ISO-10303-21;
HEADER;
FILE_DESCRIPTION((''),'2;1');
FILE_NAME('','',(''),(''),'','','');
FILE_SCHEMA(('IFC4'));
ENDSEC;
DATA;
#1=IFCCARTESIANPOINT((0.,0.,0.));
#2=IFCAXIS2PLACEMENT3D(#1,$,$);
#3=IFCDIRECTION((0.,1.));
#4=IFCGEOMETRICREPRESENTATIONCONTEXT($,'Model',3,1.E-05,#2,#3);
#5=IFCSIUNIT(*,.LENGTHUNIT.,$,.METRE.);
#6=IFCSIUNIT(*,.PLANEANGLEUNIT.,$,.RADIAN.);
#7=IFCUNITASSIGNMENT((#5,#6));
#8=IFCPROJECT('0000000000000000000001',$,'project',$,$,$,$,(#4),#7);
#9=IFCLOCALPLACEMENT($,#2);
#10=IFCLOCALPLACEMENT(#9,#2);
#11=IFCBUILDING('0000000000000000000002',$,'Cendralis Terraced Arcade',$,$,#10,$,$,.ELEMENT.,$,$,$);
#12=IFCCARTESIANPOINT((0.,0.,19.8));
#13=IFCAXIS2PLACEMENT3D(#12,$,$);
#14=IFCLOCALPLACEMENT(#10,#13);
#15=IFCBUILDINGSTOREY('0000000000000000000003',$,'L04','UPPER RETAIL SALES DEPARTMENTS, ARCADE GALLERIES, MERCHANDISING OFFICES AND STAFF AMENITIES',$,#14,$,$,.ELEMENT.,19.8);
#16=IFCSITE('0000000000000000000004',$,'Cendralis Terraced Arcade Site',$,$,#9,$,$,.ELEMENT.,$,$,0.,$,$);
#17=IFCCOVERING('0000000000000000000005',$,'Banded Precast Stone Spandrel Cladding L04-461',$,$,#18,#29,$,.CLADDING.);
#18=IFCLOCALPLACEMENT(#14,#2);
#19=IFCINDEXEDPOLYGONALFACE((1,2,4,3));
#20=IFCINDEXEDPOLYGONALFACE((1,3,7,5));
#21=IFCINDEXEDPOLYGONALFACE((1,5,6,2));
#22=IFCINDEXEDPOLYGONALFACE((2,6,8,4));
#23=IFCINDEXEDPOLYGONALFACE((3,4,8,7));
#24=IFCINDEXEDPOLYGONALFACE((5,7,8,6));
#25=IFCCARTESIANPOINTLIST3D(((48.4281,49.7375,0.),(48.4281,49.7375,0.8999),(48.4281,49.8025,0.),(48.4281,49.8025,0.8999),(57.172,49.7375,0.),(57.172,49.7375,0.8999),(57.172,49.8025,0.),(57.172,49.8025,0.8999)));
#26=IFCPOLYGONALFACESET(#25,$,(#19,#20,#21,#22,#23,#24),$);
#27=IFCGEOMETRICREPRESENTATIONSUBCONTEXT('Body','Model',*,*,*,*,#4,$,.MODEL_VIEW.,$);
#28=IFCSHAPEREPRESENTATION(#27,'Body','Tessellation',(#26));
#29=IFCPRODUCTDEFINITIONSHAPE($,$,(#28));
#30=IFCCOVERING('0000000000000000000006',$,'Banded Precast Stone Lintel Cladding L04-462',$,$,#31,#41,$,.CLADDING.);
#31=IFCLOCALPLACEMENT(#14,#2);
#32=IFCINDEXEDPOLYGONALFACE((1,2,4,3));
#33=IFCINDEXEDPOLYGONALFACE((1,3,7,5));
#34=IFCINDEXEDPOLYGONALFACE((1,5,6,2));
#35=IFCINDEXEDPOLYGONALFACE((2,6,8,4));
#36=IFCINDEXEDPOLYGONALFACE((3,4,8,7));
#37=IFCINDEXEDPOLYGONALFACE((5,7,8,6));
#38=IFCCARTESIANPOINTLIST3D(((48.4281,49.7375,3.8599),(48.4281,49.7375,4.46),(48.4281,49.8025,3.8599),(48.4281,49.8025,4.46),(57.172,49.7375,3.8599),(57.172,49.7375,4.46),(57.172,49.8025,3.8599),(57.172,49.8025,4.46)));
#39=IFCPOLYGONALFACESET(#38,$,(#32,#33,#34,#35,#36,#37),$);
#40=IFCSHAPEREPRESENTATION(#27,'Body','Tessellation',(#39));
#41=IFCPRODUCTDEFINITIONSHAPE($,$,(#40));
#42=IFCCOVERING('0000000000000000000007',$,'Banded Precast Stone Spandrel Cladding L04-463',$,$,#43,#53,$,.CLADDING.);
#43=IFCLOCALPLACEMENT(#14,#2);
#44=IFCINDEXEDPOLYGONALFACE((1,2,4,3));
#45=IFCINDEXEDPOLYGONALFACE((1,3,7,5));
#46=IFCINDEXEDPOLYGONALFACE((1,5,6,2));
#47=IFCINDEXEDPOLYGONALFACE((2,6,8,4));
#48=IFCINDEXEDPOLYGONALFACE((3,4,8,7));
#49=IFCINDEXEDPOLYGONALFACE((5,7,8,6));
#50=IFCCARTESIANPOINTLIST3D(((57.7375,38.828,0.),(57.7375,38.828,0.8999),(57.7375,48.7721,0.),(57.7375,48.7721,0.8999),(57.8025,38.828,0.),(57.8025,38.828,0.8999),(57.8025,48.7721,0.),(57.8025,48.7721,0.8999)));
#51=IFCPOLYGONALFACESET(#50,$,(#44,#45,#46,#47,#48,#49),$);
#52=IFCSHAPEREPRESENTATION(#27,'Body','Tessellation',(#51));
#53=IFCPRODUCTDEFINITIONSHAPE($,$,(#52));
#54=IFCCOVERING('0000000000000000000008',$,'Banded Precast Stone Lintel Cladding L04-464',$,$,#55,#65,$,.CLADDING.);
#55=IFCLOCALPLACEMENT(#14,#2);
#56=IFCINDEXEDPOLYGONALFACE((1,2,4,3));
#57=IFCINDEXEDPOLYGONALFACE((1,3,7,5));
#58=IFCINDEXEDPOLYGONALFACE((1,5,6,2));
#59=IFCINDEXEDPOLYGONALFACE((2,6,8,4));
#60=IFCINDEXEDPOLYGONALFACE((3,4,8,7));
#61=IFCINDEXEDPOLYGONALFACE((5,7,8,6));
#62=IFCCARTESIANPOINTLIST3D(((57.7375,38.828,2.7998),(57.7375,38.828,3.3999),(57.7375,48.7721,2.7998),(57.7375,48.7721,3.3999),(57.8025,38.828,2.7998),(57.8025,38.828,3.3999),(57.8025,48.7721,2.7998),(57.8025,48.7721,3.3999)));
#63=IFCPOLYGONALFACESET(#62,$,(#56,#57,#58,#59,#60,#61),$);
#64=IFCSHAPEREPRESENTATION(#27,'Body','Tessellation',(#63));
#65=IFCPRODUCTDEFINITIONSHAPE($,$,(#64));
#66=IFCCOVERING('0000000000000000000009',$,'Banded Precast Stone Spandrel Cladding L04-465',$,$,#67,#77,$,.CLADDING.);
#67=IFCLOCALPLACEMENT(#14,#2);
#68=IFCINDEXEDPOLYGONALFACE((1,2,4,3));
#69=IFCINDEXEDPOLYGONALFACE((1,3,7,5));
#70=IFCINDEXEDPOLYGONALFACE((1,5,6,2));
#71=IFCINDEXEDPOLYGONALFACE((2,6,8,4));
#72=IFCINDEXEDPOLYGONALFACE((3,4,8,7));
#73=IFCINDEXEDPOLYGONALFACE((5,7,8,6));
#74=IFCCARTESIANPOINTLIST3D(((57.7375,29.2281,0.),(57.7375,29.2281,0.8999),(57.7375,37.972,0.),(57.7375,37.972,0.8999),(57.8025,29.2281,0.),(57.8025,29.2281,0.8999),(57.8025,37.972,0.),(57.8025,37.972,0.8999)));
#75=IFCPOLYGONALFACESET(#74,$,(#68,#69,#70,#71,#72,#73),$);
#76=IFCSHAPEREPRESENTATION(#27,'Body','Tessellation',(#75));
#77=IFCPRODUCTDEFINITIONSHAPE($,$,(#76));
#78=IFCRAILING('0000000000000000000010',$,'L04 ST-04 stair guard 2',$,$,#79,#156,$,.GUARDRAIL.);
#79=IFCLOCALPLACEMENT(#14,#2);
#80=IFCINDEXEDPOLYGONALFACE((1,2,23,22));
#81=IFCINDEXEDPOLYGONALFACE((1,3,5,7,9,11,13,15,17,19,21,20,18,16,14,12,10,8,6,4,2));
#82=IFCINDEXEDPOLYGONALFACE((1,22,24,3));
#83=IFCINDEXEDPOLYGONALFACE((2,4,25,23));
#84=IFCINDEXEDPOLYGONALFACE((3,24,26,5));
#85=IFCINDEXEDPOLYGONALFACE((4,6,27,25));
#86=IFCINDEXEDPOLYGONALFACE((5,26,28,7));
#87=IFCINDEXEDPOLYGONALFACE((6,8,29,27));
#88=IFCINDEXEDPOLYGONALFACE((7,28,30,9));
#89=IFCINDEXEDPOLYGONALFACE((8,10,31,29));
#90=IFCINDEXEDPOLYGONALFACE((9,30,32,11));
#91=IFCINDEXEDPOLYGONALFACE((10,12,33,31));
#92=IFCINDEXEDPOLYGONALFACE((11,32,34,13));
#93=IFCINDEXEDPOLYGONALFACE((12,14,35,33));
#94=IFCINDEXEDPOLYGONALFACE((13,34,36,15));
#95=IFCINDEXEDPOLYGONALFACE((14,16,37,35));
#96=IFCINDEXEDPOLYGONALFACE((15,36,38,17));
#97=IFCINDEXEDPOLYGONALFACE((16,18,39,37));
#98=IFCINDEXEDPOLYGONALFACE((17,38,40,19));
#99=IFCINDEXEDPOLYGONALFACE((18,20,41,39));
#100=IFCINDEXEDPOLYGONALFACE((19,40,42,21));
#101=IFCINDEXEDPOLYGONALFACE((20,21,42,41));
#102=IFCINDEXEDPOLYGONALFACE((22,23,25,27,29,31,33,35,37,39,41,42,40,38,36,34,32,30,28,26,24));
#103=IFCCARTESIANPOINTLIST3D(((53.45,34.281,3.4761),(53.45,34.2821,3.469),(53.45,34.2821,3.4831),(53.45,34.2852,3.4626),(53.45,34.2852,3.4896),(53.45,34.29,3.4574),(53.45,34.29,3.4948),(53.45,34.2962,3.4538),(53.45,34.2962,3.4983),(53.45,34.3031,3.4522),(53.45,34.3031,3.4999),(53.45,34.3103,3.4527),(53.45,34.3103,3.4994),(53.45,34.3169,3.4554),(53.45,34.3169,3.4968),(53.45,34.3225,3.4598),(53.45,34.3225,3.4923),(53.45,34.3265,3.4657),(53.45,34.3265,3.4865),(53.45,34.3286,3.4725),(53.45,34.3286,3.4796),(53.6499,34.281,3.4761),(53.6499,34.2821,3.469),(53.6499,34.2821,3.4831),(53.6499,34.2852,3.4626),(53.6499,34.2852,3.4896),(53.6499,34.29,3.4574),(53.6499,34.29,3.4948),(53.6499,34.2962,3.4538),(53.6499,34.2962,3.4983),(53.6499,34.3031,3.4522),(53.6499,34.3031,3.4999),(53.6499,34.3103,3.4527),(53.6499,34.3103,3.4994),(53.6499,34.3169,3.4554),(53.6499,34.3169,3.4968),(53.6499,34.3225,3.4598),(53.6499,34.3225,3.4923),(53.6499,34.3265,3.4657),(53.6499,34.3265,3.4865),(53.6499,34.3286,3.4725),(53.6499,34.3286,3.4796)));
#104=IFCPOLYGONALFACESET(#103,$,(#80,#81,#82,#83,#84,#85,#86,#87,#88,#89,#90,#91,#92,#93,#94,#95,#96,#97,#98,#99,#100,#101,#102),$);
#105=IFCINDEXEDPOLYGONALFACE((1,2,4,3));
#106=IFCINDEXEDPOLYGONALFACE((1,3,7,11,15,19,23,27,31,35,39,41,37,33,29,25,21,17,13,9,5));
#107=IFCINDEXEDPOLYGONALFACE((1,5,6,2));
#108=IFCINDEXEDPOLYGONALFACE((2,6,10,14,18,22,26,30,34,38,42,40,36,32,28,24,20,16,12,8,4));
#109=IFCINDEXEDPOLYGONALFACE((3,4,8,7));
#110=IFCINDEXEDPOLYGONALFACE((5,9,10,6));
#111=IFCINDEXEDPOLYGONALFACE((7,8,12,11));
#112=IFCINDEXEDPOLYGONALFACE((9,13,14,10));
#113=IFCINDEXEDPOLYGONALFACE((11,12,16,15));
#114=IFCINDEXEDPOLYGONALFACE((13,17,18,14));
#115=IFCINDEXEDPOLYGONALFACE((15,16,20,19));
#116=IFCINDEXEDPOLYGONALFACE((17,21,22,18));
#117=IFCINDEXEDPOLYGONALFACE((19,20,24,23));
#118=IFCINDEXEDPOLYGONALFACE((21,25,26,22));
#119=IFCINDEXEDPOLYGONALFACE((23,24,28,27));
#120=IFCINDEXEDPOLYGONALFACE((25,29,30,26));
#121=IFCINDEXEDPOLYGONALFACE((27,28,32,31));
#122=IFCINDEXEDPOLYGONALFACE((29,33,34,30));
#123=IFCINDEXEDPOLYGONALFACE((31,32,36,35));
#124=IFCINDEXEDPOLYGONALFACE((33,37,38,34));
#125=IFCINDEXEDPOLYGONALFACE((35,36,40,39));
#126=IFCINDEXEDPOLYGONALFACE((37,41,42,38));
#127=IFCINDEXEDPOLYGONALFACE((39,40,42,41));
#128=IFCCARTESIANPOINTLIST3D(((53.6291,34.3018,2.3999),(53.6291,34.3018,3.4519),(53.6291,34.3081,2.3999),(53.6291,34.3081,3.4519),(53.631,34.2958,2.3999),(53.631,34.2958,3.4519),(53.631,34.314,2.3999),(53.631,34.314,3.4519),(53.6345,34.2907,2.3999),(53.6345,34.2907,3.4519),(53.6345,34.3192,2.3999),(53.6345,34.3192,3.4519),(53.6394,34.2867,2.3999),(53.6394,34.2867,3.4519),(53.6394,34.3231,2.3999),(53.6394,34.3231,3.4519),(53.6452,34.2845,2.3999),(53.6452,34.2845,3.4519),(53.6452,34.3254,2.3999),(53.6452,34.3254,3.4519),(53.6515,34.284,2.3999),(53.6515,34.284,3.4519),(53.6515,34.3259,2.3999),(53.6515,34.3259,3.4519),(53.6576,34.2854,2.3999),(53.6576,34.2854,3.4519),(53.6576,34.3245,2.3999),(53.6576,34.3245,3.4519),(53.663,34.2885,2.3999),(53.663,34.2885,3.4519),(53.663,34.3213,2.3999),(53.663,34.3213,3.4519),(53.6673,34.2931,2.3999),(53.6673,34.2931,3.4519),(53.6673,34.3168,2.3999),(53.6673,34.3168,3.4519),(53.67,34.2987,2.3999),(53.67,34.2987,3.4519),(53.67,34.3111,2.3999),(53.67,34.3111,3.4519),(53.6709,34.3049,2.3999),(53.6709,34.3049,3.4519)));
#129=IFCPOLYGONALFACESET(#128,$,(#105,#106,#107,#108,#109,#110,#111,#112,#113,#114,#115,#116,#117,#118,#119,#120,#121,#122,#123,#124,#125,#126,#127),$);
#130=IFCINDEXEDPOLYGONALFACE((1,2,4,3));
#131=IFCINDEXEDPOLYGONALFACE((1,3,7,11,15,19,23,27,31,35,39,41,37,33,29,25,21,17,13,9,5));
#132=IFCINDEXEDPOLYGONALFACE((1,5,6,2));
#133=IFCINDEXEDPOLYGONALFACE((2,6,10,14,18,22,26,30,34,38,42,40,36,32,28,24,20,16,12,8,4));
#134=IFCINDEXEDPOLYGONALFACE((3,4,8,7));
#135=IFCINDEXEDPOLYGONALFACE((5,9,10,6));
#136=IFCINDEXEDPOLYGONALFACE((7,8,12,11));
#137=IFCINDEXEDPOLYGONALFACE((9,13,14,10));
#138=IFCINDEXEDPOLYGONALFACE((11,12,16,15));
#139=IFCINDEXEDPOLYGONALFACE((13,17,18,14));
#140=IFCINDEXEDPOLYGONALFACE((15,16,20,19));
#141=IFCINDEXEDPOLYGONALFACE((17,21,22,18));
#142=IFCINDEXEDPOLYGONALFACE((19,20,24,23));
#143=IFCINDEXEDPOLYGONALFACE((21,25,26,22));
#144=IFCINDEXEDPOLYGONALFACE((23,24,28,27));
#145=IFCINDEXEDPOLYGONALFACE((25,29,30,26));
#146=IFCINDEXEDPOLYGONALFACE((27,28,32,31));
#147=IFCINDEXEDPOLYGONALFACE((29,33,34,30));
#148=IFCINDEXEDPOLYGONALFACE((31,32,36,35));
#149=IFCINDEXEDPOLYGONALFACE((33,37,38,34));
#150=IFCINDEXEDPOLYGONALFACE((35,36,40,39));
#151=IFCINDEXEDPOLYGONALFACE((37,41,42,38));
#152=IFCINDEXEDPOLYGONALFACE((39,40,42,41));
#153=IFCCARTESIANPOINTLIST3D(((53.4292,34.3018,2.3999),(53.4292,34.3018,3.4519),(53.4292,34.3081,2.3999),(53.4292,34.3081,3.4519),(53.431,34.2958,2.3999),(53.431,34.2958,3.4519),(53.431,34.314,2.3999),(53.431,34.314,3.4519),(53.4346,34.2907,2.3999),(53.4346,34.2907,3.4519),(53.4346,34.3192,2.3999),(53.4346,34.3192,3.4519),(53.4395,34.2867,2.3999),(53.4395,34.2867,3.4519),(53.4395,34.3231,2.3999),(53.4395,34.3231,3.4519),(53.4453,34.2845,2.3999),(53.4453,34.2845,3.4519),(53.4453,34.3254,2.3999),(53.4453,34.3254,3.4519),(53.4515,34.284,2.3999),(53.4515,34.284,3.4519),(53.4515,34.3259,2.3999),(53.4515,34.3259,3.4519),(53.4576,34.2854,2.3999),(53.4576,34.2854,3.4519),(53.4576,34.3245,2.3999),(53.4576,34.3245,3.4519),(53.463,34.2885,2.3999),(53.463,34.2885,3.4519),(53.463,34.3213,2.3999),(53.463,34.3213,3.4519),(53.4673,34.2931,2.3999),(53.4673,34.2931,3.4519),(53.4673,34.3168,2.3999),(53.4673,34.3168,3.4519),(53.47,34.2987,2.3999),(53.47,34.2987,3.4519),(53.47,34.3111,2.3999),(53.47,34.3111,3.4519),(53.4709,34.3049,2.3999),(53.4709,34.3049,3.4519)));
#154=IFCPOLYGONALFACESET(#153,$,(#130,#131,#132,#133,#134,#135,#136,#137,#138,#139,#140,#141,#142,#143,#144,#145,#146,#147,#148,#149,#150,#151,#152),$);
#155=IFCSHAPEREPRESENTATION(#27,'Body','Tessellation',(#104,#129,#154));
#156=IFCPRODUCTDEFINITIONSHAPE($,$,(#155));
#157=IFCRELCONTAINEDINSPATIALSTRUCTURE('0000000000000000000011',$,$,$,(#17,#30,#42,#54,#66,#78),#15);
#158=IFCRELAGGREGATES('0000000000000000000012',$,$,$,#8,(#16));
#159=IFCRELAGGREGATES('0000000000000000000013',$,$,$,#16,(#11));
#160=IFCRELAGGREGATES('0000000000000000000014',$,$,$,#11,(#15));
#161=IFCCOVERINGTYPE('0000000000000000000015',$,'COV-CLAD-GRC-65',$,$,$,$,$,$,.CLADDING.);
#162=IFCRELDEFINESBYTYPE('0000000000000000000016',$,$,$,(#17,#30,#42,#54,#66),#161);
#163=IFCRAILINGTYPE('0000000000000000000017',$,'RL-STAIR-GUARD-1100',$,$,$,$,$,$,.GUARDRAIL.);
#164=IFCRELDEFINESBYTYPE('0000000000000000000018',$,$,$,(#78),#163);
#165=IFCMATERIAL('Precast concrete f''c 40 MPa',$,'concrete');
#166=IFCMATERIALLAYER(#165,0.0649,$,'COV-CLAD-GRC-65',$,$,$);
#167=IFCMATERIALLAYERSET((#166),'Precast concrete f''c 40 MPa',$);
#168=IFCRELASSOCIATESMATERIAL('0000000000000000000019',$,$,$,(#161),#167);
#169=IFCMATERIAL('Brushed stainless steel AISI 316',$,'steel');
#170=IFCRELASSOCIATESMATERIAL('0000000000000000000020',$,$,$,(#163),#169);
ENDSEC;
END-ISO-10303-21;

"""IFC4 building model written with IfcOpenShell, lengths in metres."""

from ifc_helpers import new_model, si_unit, direction, frame, origin, origin_2d, place, context, subcontext, project, spatial, rectangle, circle, extrude, material, layer, layer_set, type_object, element, save


model = new_model("IFC4")

# Units and contexts
model_context = context("Model", 3, precision=1e-05, world=origin(), true_north=direction((0.0, 1.0)))
body_context = subcontext(model_context, "Body", "Model", "MODEL_VIEW")
ifc_project = project(units=[si_unit("LENGTHUNIT", "METRE"), si_unit("PLANEANGLEUNIT", "RADIAN")], contexts=[model_context])

# Site, building, storey
site_placement = place(None, origin())
site = spatial("IfcSite", under=ifc_project, at=site_placement, Name="Cendralis Terraced Arcade Site", CompositionType="ELEMENT", RefElevation=0.0)
building_placement = place(site_placement, origin())
building = spatial("IfcBuilding", under=site, at=building_placement, Name="Cendralis Terraced Arcade", CompositionType="ELEMENT")
storey_placement = place(building_placement, frame((0.0, 0.0, 19.8)))
storey = spatial("IfcBuildingStorey", under=building, at=storey_placement, Name="L04", Description="UPPER RETAIL SALES DEPARTMENTS, ARCADE GALLERIES, MERCHANDISING OFFICES AND STAFF AMENITIES", CompositionType="ELEMENT", Elevation=19.8)

# Shared definitions
ifc_material_1 = material(Name="Precast concrete f'c 40 MPa", Category="concrete")

# Coverings
ifc_layer_1 = layer(ifc_material_1, 0.0649, Name="COV-CLAD-GRC-65")
ifc_layer_set_1 = layer_set([ifc_layer_1], Name="Precast concrete f'c 40 MPa")
covering_type = type_object("IfcCoveringType", Name="COV-CLAD-GRC-65", PredefinedType="CLADDING", material=ifc_layer_set_1)
covering_1_placement = place(storey_placement, frame((52.8, 49.77, 0.0), z_axis=(0.0, 0.0, 1.0), x_axis=(1.0, 0.0, 0.0)))
element("IfcCovering", 1, at=covering_1_placement, inside=storey, type_object=covering_type, Name="Banded Precast Stone Spandrel Cladding L04-461", PredefinedType="CLADDING", context=body_context, shape_type="SweptSolid", body=[
    extrude(rectangle(XDim=8.7439, YDim=0.0649, at=origin_2d()), origin(), (0.0, 0.0, 1.0), 0.8999),
])
covering_2_placement = place(storey_placement, frame((52.8, 49.77, 3.8599), z_axis=(0.0, 0.0, 1.0), x_axis=(1.0, 0.0, 0.0)))
element("IfcCovering", 2, at=covering_2_placement, inside=storey, type_object=covering_type, Name="Banded Precast Stone Lintel Cladding L04-462", PredefinedType="CLADDING", context=body_context, shape_type="SweptSolid", body=[
    extrude(rectangle(XDim=8.7439, YDim=0.0649, at=origin_2d()), origin(), (0.0, 0.0, 1.0), 0.6001),
])
covering_3_placement = place(storey_placement, frame((57.77, 43.8, 0.0), z_axis=(0.0, 0.0, 1.0), x_axis=(0.0, -1.0, 0.0)))
element("IfcCovering", 3, at=covering_3_placement, inside=storey, type_object=covering_type, Name="Banded Precast Stone Spandrel Cladding L04-463", PredefinedType="CLADDING", context=body_context, shape_type="SweptSolid", body=[
    extrude(rectangle(XDim=9.9441, YDim=0.0649, at=origin_2d()), origin(), (0.0, 0.0, 1.0), 0.8999),
])
covering_4_placement = place(storey_placement, frame((57.77, 43.8, 2.7998), z_axis=(0.0, 0.0, 1.0), x_axis=(0.0, -1.0, 0.0)))
element("IfcCovering", 4, at=covering_4_placement, inside=storey, type_object=covering_type, Name="Banded Precast Stone Lintel Cladding L04-464", PredefinedType="CLADDING", context=body_context, shape_type="SweptSolid", body=[
    extrude(rectangle(XDim=9.9441, YDim=0.0649, at=origin_2d()), origin(), (0.0, 0.0, 1.0), 0.6001),
])
covering_5_placement = place(storey_placement, frame((57.77, 33.6001, 0.0), z_axis=(0.0, 0.0, 1.0), x_axis=(0.0, -1.0, 0.0)))
element("IfcCovering", 5, at=covering_5_placement, inside=storey, type_object=covering_type, Name="Banded Precast Stone Spandrel Cladding L04-465", PredefinedType="CLADDING", context=body_context, shape_type="SweptSolid", body=[
    extrude(rectangle(XDim=8.7439, YDim=0.0649, at=origin_2d()), origin(), (0.0, 0.0, 1.0), 0.8999),
])

# Railing
ifc_material_2 = material(Name="Brushed stainless steel AISI 316", Category="steel")
railing_type_1 = type_object("IfcRailingType", Name="RL-STAIR-GUARD-1100", PredefinedType="GUARDRAIL", material=ifc_material_2)
railing_1_placement = place(storey_placement, frame((53.6499, 34.3049, 2.3999)))
element("IfcRailing", 6, at=railing_1_placement, inside=storey, type_object=railing_type_1, Name="L04 ST-04 stair guard 2", PredefinedType="GUARDRAIL", context=body_context, shape_type="SweptSolid", body=[
    extrude(circle(Radius=0.0239, at=origin_2d()), frame((0.0, 0.0, 1.0762), z_axis=(-1.0, 0.0, 0.0), x_axis=(0.0, -1.0, 0.0)), (0.0, 0.0, 1.0), 0.2),
    extrude(circle(Radius=0.021, at=origin_2d()), origin(), (0.0, 0.0, 1.0), 1.052),
    extrude(circle(Radius=0.021, at=origin_2d()), frame((-0.2, 0.0, 0.0)), (0.0, 0.0, 1.0), 1.052),
])

save(model, "model.ifc")
